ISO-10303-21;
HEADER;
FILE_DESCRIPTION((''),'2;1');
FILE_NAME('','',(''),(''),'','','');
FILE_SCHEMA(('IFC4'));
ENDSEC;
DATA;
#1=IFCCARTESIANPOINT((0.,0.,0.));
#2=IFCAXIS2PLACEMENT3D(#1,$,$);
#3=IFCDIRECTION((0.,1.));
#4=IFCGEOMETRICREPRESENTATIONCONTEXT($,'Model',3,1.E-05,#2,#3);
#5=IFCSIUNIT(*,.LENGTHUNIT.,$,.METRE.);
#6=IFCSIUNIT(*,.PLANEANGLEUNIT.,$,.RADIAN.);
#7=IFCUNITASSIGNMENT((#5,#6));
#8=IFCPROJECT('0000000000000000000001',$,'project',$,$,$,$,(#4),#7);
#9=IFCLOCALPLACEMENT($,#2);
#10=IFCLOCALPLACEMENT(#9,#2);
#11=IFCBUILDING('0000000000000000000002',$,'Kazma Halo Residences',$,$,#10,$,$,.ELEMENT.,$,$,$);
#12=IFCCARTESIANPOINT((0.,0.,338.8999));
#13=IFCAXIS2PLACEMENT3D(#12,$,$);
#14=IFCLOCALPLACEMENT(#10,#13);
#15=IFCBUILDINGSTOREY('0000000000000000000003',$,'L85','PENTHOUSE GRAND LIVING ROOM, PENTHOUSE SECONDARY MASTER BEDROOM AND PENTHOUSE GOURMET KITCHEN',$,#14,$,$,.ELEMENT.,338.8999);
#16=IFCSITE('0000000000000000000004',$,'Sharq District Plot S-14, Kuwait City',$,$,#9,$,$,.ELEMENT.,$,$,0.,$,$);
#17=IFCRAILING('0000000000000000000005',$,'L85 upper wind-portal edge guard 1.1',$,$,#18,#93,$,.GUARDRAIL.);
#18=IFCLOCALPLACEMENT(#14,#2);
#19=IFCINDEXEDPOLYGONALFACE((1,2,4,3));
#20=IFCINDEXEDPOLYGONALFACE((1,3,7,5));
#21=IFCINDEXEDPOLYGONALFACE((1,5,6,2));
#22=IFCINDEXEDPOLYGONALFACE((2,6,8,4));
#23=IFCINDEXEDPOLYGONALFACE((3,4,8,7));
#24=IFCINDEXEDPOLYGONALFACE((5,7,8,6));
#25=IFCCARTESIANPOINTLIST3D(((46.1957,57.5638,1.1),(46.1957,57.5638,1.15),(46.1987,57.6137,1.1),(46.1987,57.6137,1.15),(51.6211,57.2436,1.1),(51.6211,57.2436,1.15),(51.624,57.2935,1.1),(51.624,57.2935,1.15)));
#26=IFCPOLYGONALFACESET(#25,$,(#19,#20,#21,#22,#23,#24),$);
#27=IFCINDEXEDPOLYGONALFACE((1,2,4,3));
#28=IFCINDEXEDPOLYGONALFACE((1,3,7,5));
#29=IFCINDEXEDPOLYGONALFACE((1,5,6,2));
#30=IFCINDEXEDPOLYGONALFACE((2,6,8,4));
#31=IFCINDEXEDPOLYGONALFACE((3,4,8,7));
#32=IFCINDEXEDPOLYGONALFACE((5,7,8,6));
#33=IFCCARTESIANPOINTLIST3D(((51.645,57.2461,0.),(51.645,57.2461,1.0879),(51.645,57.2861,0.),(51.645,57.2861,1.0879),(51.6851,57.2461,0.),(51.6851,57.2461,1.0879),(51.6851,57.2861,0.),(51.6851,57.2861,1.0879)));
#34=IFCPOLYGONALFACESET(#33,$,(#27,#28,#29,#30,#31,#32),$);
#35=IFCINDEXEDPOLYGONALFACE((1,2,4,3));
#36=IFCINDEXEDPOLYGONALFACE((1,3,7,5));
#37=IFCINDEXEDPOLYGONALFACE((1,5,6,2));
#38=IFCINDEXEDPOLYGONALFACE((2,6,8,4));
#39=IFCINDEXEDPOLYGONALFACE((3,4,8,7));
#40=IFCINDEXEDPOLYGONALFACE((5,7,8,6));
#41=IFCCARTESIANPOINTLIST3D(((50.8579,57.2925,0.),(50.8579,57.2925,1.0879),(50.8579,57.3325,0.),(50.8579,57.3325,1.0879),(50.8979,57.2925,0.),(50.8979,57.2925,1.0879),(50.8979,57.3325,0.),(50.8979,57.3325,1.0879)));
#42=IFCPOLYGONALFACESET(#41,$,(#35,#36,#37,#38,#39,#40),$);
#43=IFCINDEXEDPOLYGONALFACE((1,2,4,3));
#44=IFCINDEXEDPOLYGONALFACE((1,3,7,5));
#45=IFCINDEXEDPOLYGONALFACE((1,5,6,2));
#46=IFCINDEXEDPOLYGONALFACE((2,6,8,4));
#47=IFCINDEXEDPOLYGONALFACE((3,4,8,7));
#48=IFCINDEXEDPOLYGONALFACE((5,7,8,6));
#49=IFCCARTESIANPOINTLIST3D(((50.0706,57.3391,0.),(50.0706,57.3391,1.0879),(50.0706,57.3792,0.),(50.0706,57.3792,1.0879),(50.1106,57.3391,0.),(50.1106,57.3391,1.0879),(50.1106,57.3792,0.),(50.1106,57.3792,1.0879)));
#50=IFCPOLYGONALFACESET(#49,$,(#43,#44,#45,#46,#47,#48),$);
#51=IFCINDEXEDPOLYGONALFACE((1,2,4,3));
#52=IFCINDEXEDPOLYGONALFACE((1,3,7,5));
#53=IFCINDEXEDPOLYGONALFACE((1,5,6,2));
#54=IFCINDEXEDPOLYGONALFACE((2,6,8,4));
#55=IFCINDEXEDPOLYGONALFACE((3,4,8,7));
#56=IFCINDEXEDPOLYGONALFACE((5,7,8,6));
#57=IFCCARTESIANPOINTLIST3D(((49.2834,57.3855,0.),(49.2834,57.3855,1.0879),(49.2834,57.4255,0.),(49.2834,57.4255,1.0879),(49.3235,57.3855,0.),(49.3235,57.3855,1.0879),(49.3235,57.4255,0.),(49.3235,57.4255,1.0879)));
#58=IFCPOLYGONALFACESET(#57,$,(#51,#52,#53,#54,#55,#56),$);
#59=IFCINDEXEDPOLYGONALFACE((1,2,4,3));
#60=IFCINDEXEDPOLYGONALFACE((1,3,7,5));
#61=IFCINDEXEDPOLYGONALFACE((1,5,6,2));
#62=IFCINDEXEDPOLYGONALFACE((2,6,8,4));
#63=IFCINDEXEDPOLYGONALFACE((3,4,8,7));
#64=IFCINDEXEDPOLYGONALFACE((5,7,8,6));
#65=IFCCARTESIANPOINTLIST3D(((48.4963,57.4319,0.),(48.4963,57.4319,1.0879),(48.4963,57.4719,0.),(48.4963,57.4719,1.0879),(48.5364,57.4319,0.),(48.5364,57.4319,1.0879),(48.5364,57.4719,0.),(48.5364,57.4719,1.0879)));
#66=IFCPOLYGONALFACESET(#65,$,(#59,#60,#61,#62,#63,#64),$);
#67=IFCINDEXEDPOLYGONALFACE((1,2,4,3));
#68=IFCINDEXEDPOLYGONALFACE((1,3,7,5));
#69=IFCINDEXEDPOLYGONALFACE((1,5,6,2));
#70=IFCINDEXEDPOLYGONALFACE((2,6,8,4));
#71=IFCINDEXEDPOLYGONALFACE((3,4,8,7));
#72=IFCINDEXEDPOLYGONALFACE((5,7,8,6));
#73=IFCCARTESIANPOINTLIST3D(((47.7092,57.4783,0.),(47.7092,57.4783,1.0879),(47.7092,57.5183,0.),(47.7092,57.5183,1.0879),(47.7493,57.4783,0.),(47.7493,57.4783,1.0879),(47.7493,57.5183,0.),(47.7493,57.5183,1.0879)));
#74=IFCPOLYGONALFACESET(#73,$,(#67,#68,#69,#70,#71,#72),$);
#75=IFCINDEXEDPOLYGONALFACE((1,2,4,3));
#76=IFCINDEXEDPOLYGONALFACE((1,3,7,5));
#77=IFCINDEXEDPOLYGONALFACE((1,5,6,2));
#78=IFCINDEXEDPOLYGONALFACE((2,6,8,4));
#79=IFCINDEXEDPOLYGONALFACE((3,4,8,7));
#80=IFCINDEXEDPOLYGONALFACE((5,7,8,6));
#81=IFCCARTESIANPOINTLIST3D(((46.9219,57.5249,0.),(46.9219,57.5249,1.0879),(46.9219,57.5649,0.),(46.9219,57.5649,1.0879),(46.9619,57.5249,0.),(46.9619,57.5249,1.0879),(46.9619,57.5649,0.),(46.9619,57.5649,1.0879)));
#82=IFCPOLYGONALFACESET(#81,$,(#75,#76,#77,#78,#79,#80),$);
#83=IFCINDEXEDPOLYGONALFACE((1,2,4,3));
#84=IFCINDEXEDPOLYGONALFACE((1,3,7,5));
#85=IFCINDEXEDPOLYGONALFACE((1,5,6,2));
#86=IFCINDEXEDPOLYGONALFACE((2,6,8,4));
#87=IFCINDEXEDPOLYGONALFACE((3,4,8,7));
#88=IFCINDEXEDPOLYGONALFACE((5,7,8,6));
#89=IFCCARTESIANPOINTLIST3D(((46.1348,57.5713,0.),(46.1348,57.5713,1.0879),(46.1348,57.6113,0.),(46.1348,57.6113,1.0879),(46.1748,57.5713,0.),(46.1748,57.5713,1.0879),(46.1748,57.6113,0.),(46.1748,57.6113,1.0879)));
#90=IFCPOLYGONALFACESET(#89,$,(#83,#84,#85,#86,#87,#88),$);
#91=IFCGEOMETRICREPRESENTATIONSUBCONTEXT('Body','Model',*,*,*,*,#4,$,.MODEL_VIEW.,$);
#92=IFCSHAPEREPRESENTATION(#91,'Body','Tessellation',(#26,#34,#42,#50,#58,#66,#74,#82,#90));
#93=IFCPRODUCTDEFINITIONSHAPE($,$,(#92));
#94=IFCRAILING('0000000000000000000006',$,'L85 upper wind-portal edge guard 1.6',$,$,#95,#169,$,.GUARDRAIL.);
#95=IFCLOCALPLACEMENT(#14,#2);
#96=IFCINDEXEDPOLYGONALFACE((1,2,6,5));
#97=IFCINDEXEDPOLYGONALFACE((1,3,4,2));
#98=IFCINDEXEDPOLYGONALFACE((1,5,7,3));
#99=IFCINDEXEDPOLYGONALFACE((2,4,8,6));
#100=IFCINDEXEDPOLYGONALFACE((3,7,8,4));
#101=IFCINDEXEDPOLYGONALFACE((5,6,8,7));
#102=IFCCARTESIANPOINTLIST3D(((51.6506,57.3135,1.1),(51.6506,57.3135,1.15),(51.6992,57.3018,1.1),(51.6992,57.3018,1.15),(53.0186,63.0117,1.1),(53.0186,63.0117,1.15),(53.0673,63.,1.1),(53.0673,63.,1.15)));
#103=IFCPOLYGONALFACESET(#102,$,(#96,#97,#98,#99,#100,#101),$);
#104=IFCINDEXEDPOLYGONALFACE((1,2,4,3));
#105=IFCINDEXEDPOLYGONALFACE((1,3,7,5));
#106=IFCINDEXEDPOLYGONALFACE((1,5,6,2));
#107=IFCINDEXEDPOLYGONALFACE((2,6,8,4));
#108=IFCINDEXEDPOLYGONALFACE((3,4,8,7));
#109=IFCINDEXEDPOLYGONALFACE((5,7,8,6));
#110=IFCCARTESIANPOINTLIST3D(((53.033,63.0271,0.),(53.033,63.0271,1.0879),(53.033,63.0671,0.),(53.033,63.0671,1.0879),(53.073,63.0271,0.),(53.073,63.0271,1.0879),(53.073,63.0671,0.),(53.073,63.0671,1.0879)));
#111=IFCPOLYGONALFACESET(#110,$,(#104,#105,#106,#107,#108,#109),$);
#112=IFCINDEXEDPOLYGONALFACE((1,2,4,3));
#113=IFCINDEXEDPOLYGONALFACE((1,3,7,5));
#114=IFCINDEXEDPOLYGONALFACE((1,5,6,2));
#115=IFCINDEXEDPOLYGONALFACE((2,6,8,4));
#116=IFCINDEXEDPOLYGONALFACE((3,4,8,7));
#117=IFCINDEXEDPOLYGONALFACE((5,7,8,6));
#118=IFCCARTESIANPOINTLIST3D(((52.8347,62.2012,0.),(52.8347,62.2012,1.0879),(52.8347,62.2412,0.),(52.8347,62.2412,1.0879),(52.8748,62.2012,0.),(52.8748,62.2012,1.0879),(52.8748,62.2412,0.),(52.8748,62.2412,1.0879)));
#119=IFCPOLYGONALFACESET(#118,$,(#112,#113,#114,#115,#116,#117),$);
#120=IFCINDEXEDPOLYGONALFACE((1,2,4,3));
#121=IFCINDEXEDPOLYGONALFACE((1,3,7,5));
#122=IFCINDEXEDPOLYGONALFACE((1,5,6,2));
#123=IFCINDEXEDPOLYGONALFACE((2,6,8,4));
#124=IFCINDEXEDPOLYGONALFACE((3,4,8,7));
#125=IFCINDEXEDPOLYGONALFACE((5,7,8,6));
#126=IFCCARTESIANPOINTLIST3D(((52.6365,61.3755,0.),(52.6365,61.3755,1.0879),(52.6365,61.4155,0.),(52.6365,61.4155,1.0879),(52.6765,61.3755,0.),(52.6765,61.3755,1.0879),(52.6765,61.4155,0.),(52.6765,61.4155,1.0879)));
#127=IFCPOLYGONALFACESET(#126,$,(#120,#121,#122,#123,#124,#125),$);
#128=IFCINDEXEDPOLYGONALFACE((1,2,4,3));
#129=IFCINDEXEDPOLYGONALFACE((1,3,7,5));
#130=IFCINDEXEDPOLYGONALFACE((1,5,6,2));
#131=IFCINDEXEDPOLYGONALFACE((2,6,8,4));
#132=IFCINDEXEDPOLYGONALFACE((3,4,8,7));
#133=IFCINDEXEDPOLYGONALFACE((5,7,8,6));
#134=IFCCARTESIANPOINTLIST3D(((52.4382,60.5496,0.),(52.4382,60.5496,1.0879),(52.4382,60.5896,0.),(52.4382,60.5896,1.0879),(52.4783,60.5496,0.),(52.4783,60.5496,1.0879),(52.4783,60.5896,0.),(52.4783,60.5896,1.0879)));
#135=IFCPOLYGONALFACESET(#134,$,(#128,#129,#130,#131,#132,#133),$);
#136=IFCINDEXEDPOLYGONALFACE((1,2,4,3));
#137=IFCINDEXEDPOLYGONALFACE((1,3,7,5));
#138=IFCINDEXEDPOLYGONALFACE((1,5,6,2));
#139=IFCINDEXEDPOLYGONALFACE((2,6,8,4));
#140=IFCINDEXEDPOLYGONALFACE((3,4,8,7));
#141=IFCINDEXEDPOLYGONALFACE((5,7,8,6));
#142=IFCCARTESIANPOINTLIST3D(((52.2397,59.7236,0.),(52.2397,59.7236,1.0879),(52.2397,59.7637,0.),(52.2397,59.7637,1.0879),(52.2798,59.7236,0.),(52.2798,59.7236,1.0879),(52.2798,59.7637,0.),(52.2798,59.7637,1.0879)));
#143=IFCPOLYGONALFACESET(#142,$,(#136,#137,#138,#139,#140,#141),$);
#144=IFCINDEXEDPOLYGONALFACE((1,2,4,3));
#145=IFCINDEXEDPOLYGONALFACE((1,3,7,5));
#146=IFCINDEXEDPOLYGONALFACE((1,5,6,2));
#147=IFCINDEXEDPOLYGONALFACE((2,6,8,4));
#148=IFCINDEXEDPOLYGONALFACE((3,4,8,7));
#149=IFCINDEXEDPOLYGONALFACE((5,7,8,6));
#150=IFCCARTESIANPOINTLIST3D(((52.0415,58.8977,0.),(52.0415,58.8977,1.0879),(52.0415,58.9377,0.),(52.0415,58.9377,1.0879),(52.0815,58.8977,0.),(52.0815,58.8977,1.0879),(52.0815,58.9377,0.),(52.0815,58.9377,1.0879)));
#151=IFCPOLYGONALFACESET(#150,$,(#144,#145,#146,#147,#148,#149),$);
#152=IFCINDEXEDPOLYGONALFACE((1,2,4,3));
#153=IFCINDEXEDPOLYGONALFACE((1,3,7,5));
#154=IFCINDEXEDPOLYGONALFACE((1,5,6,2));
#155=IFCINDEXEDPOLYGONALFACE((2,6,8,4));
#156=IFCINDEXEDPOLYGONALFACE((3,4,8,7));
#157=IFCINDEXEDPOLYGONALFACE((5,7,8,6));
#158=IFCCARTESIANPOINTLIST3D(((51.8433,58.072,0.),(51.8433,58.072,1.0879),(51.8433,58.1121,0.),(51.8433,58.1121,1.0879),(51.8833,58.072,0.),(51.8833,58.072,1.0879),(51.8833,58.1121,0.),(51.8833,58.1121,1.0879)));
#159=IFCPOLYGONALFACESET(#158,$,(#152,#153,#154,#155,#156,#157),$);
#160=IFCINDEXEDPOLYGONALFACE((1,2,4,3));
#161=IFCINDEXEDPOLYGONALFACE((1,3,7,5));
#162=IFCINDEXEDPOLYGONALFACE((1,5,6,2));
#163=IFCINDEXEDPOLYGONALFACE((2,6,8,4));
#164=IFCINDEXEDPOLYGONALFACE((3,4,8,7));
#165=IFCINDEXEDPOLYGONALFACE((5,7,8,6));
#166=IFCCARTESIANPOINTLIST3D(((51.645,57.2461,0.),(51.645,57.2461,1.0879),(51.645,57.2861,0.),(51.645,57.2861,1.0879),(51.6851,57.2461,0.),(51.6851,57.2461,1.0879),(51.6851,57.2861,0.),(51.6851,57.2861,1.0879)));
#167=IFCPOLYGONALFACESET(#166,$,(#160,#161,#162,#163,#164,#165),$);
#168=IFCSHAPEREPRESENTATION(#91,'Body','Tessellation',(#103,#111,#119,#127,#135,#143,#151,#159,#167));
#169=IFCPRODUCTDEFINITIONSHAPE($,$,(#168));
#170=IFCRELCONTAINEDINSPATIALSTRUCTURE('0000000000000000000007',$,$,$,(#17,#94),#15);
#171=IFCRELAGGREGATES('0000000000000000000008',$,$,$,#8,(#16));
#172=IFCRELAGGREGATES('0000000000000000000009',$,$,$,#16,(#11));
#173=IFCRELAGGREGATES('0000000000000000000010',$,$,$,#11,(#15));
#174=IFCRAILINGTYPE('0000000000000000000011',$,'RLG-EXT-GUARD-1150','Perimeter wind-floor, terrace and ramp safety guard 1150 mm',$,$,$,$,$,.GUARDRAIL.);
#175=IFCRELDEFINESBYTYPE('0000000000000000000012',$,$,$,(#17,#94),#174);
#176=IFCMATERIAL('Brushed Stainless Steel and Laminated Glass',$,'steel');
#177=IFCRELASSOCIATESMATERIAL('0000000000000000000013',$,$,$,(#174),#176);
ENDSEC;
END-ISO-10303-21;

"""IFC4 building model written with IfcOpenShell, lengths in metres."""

from ifc_helpers import new_model, si_unit, direction, frame, origin, origin_2d, place, context, subcontext, project, spatial, rectangle, extrude, material, type_object, element, save


model = new_model("IFC4")

# Units and contexts
model_context = context("Model", 3, precision=1e-05, world=origin(), true_north=direction((0.0, 1.0)))
body_context = subcontext(model_context, "Body", "Model", "MODEL_VIEW")
ifc_project = project(units=[si_unit("LENGTHUNIT", "METRE"), si_unit("PLANEANGLEUNIT", "RADIAN")], contexts=[model_context])

# Site, building, storey
site_placement = place(None, origin())
site = spatial("IfcSite", under=ifc_project, at=site_placement, Name="Sharq District Plot S-14, Kuwait City", CompositionType="ELEMENT", RefElevation=0.0)
building_placement = place(site_placement, origin())
building = spatial("IfcBuilding", under=site, at=building_placement, Name="Kazma Halo Residences", CompositionType="ELEMENT")
storey_placement = place(building_placement, frame((0.0, 0.0, 338.8999)))
storey = spatial("IfcBuildingStorey", under=building, at=storey_placement, Name="L85", Description="PENTHOUSE GRAND LIVING ROOM, PENTHOUSE SECONDARY MASTER BEDROOM AND PENTHOUSE GOURMET KITCHEN", CompositionType="ELEMENT", Elevation=338.8999)

# Railings
ifc_material_1 = material(Name="Brushed Stainless Steel and Laminated Glass", Category="steel")
railing_type_1 = type_object("IfcRailingType", Name="RLG-EXT-GUARD-1150", Description="Perimeter wind-floor, terrace and ramp safety guard 1150 mm", PredefinedType="GUARDRAIL", material=ifc_material_1)
railing_1_placement = place(storey_placement, frame((51.665, 57.2661, 0.0)))
element("IfcRailing", 1, at=railing_1_placement, inside=storey, type_object=railing_type_1, Name="L85 upper wind-portal edge guard 1.1", PredefinedType="GUARDRAIL", context=body_context, shape_type="SweptSolid", body=[
    extrude(rectangle(XDim=0.05, YDim=0.05, at=origin_2d()), frame((-0.0425, 0.0024, 1.125), z_axis=(-0.998263, 0.058914, 0.0), x_axis=(-0.058914, -0.998263, 0.0)), (0.0, 0.0, 1.0), 5.4348),
    extrude(rectangle(XDim=0.04, YDim=0.04, at=origin_2d()), origin(), (0.0, 0.0, 1.0), 1.0879),
    extrude(rectangle(XDim=0.04, YDim=0.04, at=origin_2d()), frame((-0.7871, 0.0464, 0.0)), (0.0, 0.0, 1.0), 1.0879),
    extrude(rectangle(XDim=0.04, YDim=0.04, at=origin_2d()), frame((-1.5745, 0.093, 0.0)), (0.0, 0.0, 1.0), 1.0879),
    extrude(rectangle(XDim=0.04, YDim=0.04, at=origin_2d()), frame((-2.3616, 0.1394, 0.0)), (0.0, 0.0, 1.0), 1.0879),
    extrude(rectangle(XDim=0.04, YDim=0.04, at=origin_2d()), frame((-3.1487, 0.1858, 0.0)), (0.0, 0.0, 1.0), 1.0879),
    extrude(rectangle(XDim=0.04, YDim=0.04, at=origin_2d()), frame((-3.9358, 0.2322, 0.0)), (0.0, 0.0, 1.0), 1.0879),
    extrude(rectangle(XDim=0.04, YDim=0.04, at=origin_2d()), frame((-4.7231, 0.2788, 0.0)), (0.0, 0.0, 1.0), 1.0879),
    extrude(rectangle(XDim=0.04, YDim=0.04, at=origin_2d()), frame((-5.5103, 0.3252, 0.0)), (0.0, 0.0, 1.0), 1.0879),
])
railing_2_placement = place(storey_placement, frame((53.053, 63.0471, 0.0)))
element("IfcRailing", 2, at=railing_2_placement, inside=storey, type_object=railing_type_1, Name="L85 upper wind-portal edge guard 1.6", PredefinedType="GUARDRAIL", context=body_context, shape_type="SweptSolid", body=[
    extrude(rectangle(XDim=0.05, YDim=0.05, at=origin_2d()), frame((-0.01, -0.0413, 1.125), z_axis=(-0.233452, -0.972368, 0.0), x_axis=(0.972368, -0.233452, 0.0)), (0.0, 0.0, 1.0), 5.8601),
    extrude(rectangle(XDim=0.04, YDim=0.04, at=origin_2d()), origin(), (0.0, 0.0, 1.0), 1.0879),
    extrude(rectangle(XDim=0.04, YDim=0.04, at=origin_2d()), frame((-0.1982, -0.8259, 0.0)), (0.0, 0.0, 1.0), 1.0879),
    extrude(rectangle(XDim=0.04, YDim=0.04, at=origin_2d()), frame((-0.3965, -1.6516, 0.0)), (0.0, 0.0, 1.0), 1.0879),
    extrude(rectangle(XDim=0.04, YDim=0.04, at=origin_2d()), frame((-0.5947, -2.4775, 0.0)), (0.0, 0.0, 1.0), 1.0879),
    extrude(rectangle(XDim=0.04, YDim=0.04, at=origin_2d()), frame((-0.7932, -3.3035, 0.0)), (0.0, 0.0, 1.0), 1.0879),
    extrude(rectangle(XDim=0.04, YDim=0.04, at=origin_2d()), frame((-0.9915, -4.1294, 0.0)), (0.0, 0.0, 1.0), 1.0879),
    extrude(rectangle(XDim=0.04, YDim=0.04, at=origin_2d()), frame((-1.1897, -4.9551, 0.0)), (0.0, 0.0, 1.0), 1.0879),
    extrude(rectangle(XDim=0.04, YDim=0.04, at=origin_2d()), frame((-1.3879, -5.781, 0.0)), (0.0, 0.0, 1.0), 1.0879),
])

save(model, "model.ifc")
